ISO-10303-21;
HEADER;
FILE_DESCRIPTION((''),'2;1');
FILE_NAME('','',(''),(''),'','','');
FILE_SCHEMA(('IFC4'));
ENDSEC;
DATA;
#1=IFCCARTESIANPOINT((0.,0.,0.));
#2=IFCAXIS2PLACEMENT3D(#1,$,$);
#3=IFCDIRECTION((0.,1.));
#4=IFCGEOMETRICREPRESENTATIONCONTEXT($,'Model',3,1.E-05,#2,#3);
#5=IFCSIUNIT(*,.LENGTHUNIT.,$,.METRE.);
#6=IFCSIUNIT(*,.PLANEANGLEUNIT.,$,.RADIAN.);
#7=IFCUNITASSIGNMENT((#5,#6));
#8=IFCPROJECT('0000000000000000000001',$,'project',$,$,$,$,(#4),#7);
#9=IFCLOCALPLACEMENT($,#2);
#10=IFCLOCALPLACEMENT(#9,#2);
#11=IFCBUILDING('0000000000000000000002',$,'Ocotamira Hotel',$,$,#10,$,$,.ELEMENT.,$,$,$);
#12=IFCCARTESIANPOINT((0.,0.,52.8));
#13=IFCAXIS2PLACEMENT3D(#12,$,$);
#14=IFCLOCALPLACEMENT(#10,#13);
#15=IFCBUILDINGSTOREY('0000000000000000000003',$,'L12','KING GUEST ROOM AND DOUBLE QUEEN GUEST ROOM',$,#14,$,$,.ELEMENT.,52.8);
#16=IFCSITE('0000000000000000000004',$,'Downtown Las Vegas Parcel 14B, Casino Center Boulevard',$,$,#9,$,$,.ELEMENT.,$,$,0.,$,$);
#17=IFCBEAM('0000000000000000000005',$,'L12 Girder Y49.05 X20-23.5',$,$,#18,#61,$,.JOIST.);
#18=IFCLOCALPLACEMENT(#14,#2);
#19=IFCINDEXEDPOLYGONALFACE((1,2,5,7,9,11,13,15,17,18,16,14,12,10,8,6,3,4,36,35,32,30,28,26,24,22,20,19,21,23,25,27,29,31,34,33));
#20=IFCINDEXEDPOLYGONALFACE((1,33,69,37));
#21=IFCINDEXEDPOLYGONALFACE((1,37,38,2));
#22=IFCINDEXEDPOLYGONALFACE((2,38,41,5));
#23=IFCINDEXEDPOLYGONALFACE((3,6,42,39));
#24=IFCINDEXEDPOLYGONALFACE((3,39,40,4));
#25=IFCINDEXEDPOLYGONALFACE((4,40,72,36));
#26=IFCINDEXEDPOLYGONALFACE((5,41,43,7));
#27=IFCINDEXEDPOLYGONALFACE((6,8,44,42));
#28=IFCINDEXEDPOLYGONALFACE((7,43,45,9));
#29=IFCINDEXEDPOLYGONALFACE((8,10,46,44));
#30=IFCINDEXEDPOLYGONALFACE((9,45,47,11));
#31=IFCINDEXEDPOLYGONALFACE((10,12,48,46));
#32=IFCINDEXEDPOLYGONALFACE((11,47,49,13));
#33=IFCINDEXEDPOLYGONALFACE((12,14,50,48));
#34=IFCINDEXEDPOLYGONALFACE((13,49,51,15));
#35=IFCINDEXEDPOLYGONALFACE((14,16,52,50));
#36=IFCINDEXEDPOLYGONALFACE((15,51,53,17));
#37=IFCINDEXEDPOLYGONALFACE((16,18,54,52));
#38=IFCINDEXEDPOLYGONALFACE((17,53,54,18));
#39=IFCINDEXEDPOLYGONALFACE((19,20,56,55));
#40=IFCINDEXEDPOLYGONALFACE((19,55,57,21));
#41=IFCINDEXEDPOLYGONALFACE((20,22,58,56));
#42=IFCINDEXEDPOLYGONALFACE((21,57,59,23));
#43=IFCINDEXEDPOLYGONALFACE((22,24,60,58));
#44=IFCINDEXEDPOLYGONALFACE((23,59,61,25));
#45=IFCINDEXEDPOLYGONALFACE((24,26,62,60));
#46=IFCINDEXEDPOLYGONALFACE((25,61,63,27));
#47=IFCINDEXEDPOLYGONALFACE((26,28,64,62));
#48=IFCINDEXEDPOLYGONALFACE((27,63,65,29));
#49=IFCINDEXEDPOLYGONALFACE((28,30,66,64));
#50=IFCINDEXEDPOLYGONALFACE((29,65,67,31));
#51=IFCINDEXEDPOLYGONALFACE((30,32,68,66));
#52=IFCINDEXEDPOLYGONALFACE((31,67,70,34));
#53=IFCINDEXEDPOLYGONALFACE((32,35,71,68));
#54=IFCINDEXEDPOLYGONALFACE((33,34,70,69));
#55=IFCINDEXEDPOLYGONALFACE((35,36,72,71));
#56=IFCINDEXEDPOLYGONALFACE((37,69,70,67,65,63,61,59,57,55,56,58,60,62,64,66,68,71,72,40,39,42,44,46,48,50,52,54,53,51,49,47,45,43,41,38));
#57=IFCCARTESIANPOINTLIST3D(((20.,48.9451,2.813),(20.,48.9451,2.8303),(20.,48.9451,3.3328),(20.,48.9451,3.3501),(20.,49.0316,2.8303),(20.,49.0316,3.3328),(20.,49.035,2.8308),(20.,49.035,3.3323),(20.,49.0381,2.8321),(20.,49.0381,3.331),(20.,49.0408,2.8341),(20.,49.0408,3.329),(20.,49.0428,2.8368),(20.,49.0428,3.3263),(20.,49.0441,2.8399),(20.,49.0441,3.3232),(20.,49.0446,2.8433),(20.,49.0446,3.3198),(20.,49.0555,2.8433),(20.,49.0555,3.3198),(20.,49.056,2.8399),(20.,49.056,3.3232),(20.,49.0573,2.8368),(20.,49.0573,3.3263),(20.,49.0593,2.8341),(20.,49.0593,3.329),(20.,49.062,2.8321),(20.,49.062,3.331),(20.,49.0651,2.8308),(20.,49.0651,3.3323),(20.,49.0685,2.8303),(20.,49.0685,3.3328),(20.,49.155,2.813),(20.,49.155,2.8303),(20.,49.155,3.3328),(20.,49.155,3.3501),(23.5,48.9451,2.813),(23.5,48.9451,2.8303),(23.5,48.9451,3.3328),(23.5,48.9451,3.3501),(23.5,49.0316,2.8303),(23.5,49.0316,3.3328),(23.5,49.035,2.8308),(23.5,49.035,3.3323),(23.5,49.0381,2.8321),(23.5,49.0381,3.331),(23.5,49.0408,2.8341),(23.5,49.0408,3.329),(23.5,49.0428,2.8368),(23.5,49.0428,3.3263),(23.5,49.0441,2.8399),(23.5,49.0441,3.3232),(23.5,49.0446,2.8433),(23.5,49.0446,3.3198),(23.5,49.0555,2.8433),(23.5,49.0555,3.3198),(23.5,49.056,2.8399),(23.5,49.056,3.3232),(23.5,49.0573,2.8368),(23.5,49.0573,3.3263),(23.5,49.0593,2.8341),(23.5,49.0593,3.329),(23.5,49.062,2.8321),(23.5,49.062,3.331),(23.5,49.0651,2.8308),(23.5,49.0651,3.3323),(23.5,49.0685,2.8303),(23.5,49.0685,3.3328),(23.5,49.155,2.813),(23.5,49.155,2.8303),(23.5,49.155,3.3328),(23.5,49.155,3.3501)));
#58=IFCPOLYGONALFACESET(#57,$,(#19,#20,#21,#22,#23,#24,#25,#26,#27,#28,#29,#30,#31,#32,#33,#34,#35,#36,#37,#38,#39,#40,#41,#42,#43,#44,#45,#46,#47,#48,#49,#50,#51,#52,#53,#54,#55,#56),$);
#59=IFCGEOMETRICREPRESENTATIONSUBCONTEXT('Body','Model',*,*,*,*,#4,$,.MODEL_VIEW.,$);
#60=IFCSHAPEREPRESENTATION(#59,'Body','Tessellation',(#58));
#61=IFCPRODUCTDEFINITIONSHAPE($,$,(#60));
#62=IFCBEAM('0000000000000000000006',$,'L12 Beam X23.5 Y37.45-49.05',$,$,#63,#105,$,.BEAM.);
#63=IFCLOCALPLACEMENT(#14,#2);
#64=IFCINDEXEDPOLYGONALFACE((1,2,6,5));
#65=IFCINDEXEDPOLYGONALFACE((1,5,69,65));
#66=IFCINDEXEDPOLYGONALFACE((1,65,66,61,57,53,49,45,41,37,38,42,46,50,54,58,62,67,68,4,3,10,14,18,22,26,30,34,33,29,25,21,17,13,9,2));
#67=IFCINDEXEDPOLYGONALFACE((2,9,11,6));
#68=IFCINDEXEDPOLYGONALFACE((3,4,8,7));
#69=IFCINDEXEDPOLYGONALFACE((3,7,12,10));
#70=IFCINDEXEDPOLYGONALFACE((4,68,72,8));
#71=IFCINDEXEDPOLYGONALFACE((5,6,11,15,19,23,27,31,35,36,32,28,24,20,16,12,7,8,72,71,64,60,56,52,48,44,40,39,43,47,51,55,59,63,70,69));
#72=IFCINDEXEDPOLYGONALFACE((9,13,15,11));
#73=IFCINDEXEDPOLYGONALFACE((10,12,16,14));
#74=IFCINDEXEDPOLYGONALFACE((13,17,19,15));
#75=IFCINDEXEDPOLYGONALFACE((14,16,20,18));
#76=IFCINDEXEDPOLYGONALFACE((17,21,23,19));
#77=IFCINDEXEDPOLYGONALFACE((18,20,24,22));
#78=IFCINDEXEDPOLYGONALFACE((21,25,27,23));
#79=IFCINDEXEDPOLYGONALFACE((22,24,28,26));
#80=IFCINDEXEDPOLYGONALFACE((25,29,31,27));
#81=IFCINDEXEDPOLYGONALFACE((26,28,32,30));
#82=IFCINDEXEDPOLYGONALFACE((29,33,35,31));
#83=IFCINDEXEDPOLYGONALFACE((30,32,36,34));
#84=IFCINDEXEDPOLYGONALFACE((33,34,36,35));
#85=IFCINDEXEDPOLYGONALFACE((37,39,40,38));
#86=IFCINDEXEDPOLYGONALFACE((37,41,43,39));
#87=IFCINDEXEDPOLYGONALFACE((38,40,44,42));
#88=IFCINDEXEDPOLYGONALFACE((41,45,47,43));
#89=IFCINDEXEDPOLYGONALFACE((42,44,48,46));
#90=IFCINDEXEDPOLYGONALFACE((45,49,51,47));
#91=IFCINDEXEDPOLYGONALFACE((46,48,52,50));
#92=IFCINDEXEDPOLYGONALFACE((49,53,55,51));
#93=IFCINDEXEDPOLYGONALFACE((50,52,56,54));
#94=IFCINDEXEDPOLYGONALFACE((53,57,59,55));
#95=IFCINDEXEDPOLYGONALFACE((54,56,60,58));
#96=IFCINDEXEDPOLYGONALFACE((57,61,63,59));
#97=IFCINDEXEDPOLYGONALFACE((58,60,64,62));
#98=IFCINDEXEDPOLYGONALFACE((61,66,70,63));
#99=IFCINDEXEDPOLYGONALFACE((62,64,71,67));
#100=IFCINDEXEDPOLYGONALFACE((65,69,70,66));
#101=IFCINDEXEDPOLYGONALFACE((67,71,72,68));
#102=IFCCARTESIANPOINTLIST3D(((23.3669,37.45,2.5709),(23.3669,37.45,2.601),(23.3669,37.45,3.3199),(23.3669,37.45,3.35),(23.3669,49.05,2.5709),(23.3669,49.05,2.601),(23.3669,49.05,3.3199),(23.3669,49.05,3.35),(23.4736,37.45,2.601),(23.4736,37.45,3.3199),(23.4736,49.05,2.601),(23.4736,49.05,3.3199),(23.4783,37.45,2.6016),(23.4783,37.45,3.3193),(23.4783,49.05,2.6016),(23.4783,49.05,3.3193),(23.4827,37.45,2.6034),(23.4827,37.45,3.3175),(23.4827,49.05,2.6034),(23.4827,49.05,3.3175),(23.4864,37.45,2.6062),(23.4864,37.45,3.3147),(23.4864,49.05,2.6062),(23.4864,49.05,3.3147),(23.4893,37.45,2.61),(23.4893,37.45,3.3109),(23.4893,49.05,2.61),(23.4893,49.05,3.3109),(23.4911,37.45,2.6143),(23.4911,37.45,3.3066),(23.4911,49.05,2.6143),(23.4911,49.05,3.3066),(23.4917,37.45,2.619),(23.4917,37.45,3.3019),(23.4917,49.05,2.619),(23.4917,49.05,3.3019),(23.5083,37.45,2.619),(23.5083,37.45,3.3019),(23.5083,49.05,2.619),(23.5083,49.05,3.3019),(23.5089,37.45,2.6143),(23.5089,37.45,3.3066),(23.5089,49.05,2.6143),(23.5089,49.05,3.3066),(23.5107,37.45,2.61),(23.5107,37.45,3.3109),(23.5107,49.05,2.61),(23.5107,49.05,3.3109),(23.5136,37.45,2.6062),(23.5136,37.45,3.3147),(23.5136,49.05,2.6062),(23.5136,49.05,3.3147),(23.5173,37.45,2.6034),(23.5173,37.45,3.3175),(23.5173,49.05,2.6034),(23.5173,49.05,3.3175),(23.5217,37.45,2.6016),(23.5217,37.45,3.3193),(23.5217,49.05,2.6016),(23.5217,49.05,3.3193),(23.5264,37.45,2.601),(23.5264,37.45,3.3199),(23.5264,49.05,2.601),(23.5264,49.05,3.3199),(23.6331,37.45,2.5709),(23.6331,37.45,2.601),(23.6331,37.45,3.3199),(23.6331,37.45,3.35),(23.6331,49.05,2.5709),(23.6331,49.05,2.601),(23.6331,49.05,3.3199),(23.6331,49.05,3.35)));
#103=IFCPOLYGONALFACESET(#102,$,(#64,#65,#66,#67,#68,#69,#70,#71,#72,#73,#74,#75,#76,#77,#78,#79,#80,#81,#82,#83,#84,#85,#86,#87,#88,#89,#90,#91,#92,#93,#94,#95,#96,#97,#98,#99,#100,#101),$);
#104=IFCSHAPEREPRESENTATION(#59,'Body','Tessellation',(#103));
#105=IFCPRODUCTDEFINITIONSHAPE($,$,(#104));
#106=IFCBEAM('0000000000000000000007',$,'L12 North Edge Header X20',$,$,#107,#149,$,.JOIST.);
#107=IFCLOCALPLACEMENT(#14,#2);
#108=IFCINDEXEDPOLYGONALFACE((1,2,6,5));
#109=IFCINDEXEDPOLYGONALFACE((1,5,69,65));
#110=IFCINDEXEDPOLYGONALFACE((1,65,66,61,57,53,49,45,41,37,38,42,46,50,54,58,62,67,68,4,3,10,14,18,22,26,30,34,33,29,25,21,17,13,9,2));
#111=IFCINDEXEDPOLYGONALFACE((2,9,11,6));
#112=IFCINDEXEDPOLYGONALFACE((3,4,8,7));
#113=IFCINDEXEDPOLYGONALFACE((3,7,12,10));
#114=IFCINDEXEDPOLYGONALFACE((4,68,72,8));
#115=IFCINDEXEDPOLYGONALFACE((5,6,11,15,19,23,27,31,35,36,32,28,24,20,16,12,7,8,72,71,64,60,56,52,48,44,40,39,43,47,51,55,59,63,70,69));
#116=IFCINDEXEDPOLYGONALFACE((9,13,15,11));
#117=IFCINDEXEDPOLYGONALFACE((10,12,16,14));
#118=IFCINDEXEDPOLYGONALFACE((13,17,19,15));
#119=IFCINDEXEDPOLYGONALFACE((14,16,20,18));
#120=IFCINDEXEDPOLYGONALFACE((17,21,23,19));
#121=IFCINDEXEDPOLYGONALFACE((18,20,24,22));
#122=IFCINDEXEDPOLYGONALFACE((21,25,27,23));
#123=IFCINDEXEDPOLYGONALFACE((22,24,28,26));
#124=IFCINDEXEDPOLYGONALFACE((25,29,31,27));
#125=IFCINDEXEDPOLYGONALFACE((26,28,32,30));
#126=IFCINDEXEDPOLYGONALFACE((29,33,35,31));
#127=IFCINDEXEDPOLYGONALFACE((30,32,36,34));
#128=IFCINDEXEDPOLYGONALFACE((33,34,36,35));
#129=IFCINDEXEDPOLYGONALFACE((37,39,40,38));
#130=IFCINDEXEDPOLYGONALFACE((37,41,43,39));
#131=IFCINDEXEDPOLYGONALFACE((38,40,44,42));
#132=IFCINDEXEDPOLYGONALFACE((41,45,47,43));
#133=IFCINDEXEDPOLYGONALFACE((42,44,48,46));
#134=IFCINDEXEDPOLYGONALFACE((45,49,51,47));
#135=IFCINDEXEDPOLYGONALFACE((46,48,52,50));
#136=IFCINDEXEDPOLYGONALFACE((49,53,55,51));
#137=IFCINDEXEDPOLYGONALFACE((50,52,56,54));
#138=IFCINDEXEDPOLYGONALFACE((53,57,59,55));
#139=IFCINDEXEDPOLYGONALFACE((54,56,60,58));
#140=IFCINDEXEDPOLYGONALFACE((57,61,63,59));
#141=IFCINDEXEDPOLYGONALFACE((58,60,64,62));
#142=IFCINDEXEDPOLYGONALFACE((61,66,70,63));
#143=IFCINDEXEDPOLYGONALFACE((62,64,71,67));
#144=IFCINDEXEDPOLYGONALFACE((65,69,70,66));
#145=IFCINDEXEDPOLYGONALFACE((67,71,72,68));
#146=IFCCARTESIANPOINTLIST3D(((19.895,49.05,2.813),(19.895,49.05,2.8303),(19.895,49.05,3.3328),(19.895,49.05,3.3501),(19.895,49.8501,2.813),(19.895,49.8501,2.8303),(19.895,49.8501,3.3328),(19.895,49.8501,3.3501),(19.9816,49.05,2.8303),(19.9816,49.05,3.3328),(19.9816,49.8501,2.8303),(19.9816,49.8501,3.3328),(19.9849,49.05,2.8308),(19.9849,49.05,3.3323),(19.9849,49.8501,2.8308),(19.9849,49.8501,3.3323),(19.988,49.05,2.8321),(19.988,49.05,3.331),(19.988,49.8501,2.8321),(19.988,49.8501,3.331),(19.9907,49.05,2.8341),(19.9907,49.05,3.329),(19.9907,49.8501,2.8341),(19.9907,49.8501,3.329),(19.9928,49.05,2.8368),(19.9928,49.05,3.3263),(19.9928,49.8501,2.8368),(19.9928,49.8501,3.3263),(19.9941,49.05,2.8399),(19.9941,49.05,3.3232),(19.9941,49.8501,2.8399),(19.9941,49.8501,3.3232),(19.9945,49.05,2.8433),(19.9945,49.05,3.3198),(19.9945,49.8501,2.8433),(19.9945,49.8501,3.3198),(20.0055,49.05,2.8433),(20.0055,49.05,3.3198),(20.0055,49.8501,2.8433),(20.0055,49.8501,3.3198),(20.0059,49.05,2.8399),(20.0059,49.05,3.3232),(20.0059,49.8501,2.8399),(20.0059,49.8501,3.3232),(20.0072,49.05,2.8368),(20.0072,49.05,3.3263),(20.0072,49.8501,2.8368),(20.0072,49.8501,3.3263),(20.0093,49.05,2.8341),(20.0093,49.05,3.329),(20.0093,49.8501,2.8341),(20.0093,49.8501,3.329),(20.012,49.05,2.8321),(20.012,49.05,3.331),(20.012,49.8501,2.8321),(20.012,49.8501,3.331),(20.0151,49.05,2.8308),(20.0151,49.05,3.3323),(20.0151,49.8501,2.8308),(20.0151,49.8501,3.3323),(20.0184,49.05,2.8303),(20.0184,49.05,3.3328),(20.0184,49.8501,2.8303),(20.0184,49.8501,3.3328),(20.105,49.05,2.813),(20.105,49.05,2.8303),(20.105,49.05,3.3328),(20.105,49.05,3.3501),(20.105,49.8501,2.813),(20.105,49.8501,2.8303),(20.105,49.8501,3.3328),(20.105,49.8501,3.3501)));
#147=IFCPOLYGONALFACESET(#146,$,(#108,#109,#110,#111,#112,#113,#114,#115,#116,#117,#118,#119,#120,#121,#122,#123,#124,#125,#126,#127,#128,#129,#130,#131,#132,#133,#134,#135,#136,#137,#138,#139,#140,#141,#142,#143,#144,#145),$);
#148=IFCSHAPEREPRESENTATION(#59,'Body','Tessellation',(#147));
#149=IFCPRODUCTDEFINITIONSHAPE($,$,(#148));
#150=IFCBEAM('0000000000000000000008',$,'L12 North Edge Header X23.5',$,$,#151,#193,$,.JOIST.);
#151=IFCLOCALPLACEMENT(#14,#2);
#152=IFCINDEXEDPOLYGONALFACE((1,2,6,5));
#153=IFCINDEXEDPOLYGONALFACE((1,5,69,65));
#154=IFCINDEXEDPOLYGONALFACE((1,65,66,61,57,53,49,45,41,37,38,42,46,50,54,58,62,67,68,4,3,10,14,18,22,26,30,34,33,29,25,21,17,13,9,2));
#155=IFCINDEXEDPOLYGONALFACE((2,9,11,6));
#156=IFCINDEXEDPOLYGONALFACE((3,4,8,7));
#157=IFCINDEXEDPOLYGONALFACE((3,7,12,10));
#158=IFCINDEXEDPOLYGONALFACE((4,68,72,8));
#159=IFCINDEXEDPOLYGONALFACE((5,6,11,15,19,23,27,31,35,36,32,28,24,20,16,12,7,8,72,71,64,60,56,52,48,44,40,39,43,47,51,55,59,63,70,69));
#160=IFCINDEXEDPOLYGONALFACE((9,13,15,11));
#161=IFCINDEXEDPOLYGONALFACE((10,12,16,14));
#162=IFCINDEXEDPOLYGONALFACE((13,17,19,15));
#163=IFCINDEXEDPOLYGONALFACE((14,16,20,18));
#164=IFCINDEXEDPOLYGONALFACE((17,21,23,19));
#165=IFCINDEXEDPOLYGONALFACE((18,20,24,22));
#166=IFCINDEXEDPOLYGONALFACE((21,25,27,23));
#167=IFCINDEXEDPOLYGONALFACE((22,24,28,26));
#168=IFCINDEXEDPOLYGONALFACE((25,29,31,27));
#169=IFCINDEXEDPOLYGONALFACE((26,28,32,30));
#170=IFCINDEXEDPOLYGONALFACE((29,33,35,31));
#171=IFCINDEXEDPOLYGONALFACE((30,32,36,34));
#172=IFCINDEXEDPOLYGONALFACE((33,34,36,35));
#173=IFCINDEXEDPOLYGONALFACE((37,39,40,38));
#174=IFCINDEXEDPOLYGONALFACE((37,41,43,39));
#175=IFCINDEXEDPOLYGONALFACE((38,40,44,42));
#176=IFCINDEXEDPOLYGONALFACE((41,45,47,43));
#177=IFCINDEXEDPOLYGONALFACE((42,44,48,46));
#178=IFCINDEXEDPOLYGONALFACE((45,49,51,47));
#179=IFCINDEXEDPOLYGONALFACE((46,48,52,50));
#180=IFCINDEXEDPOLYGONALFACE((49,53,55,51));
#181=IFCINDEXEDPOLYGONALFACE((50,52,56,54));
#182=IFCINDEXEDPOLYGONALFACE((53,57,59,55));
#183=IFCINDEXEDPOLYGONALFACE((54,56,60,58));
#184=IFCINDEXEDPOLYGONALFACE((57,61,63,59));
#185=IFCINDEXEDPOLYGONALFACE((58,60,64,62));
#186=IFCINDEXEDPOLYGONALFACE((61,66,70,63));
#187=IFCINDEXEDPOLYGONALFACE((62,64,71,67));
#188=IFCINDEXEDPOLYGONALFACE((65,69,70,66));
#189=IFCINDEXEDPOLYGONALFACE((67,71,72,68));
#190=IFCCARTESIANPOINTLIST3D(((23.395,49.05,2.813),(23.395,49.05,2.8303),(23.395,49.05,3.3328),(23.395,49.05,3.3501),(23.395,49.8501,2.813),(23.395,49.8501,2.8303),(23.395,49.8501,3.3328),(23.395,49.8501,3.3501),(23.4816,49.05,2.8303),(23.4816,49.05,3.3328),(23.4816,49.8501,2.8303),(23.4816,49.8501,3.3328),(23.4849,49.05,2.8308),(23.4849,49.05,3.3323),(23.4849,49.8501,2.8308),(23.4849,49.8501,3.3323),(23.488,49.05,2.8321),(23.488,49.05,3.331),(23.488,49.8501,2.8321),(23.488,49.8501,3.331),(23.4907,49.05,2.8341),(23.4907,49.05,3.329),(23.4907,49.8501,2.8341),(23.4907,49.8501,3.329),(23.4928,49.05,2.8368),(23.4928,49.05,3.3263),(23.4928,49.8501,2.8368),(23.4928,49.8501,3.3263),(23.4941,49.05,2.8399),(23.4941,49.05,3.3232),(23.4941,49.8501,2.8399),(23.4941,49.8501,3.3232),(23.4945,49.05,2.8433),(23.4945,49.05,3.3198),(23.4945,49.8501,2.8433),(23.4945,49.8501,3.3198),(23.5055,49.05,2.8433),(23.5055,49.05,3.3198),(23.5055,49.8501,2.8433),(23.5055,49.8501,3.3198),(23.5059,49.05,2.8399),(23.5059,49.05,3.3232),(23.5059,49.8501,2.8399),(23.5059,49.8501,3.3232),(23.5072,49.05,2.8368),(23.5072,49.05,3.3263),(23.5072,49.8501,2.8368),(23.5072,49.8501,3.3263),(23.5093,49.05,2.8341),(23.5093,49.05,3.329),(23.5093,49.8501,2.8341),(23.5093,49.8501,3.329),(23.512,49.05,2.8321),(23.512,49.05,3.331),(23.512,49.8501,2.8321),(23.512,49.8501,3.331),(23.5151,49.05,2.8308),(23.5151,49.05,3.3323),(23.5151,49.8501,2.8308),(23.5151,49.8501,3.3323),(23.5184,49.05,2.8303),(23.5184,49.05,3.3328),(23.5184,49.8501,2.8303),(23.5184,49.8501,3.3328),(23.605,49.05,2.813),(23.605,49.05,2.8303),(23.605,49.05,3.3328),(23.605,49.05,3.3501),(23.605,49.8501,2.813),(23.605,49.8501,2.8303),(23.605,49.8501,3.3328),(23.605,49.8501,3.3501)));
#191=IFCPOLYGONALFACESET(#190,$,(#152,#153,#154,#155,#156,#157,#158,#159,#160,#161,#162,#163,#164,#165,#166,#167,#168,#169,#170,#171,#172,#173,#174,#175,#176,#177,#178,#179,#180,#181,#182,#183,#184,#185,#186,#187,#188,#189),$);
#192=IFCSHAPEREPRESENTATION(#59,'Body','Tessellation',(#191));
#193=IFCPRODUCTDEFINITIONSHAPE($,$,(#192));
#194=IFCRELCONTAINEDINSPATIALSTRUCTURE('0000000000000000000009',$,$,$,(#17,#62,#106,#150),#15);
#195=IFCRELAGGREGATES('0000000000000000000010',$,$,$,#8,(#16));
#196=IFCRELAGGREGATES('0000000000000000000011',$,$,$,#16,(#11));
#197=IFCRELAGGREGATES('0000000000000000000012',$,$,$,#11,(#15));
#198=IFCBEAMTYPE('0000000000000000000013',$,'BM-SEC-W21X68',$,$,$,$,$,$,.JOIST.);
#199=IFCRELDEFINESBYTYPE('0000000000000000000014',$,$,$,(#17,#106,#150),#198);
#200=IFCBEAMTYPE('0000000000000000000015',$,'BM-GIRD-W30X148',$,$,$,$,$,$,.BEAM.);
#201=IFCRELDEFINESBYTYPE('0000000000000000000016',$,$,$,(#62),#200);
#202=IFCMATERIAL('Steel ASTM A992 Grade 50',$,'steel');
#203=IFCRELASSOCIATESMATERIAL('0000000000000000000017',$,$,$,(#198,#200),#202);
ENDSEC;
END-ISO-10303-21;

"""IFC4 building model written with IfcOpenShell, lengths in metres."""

from ifc_helpers import new_model, si_unit, direction, frame, origin, origin_2d, place, context, subcontext, project, spatial, i_section, extrude, source, transform, mapped, material, material_profile, profile_set, type_object, element, save


model = new_model("IFC4")

# Units and contexts
model_context = context("Model", 3, precision=1e-05, world=origin(), true_north=direction((0.0, 1.0)))
body_context = subcontext(model_context, "Body", "Model", "MODEL_VIEW")
ifc_project = project(units=[si_unit("LENGTHUNIT", "METRE"), si_unit("PLANEANGLEUNIT", "RADIAN")], contexts=[model_context])

# Site, building, storey
site_placement = place(None, origin())
site = spatial("IfcSite", under=ifc_project, at=site_placement, Name="Downtown Las Vegas Parcel 14B, Casino Center Boulevard", CompositionType="ELEMENT", RefElevation=0.0)
building_placement = place(site_placement, origin())
building = spatial("IfcBuilding", under=site, at=building_placement, Name="Ocotamira Hotel", CompositionType="ELEMENT")
storey_placement = place(building_placement, frame((0.0, 0.0, 52.8)))
storey = spatial("IfcBuildingStorey", under=building, at=storey_placement, Name="L12", Description="KING GUEST ROOM AND DOUBLE QUEEN GUEST ROOM", CompositionType="ELEMENT", Elevation=52.8)

# Beams
ifc_material_1 = material(Name="Steel ASTM A992 Grade 50", Category="steel")
ifc_material_profile_1 = material_profile(ifc_material_1, i_section(OverallWidth=0.21, OverallDepth=0.5371, WebThickness=0.011, FlangeThickness=0.0173, FilletRadius=0.0129, at=origin_2d()), Name="W21X68")
ifc_profile_set_1 = profile_set([ifc_material_profile_1], Name="Steel ASTM A992 Grade 50")
beam_type_1 = type_object("IfcBeamType", Name="BM-SEC-W21X68", PredefinedType="JOIST", material=ifc_profile_set_1)
shared_shape_1 = source(origin(), body_context, "Body", "SweptSolid", [
    extrude(i_section(OverallWidth=0.21, OverallDepth=0.5371, WebThickness=0.011, FlangeThickness=0.0173, FilletRadius=0.0129, at=origin_2d()), origin(), (0.0, 0.0, 1.0), 3.5),
])
beam_1_placement = place(storey_placement, frame((20.0, 49.05, 3.0815), z_axis=(1.0, 0.0, 0.0), x_axis=(0.0, 1.0, 0.0)))
element("IfcBeam", 1, at=beam_1_placement, inside=storey, type_object=beam_type_1, Name="L12 Girder Y49.05 X20-23.5", PredefinedType="JOIST", context=body_context, shape_type="MappedRepresentation", body=[
    mapped(shared_shape_1, transform((0.0, 0.0, 0.0), scale=1.0)),
])
ifc_material_profile_2 = material_profile(ifc_material_1, i_section(OverallWidth=0.2661, OverallDepth=0.7791, WebThickness=0.0166, FlangeThickness=0.03, FilletRadius=0.0181, at=origin_2d()), Name="W30X148")
ifc_profile_set_2 = profile_set([ifc_material_profile_2], Name="Steel ASTM A992 Grade 50")
beam_type_2 = type_object("IfcBeamType", Name="BM-GIRD-W30X148", PredefinedType="BEAM", material=ifc_profile_set_2)
shared_shape_2 = source(origin(), body_context, "Body", "SweptSolid", [
    extrude(i_section(OverallWidth=0.2661, OverallDepth=0.7791, WebThickness=0.0166, FlangeThickness=0.03, FilletRadius=0.0181, at=origin_2d()), origin(), (0.0, 0.0, 1.0), 11.6001),
])
beam_2_placement = place(storey_placement, frame((23.5, 37.45, 2.9604), z_axis=(0.0, 1.0, 0.0), x_axis=(-1.0, 0.0, 0.0)))
element("IfcBeam", 2, at=beam_2_placement, inside=storey, type_object=beam_type_2, Name="L12 Beam X23.5 Y37.45-49.05", PredefinedType="BEAM", context=body_context, shape_type="MappedRepresentation", body=[
    mapped(shared_shape_2, transform((0.0, 0.0, 0.0), scale=1.0)),
])
shared_shape_3 = source(origin(), body_context, "Body", "SweptSolid", [
    extrude(i_section(OverallWidth=0.21, OverallDepth=0.5371, WebThickness=0.011, FlangeThickness=0.0173, FilletRadius=0.0129, at=origin_2d()), origin(), (0.0, 0.0, 1.0), 0.8),
])
for number, where, z_axis, x_axis, name in (
    (3, (20.0, 49.05, 3.0815), (0.0, 1.0, 0.0), (-1.0, 0.0, 0.0), "L12 North Edge Header X20"),
    (4, (23.5, 49.05, 3.0815), (0.0, 1.0, 0.0), (-1.0, 0.0, 0.0), "L12 North Edge Header X23.5"),
):
    element("IfcBeam", number, at=place(storey_placement, frame(where, z_axis=z_axis, x_axis=x_axis)), inside=storey, type_object=beam_type_1, Name=name, PredefinedType="JOIST", context=body_context, shape_type="MappedRepresentation", body=[
        mapped(shared_shape_3, transform((0.0, 0.0, 0.0), scale=1.0)),
    ])

save(model, "model.ifc")
